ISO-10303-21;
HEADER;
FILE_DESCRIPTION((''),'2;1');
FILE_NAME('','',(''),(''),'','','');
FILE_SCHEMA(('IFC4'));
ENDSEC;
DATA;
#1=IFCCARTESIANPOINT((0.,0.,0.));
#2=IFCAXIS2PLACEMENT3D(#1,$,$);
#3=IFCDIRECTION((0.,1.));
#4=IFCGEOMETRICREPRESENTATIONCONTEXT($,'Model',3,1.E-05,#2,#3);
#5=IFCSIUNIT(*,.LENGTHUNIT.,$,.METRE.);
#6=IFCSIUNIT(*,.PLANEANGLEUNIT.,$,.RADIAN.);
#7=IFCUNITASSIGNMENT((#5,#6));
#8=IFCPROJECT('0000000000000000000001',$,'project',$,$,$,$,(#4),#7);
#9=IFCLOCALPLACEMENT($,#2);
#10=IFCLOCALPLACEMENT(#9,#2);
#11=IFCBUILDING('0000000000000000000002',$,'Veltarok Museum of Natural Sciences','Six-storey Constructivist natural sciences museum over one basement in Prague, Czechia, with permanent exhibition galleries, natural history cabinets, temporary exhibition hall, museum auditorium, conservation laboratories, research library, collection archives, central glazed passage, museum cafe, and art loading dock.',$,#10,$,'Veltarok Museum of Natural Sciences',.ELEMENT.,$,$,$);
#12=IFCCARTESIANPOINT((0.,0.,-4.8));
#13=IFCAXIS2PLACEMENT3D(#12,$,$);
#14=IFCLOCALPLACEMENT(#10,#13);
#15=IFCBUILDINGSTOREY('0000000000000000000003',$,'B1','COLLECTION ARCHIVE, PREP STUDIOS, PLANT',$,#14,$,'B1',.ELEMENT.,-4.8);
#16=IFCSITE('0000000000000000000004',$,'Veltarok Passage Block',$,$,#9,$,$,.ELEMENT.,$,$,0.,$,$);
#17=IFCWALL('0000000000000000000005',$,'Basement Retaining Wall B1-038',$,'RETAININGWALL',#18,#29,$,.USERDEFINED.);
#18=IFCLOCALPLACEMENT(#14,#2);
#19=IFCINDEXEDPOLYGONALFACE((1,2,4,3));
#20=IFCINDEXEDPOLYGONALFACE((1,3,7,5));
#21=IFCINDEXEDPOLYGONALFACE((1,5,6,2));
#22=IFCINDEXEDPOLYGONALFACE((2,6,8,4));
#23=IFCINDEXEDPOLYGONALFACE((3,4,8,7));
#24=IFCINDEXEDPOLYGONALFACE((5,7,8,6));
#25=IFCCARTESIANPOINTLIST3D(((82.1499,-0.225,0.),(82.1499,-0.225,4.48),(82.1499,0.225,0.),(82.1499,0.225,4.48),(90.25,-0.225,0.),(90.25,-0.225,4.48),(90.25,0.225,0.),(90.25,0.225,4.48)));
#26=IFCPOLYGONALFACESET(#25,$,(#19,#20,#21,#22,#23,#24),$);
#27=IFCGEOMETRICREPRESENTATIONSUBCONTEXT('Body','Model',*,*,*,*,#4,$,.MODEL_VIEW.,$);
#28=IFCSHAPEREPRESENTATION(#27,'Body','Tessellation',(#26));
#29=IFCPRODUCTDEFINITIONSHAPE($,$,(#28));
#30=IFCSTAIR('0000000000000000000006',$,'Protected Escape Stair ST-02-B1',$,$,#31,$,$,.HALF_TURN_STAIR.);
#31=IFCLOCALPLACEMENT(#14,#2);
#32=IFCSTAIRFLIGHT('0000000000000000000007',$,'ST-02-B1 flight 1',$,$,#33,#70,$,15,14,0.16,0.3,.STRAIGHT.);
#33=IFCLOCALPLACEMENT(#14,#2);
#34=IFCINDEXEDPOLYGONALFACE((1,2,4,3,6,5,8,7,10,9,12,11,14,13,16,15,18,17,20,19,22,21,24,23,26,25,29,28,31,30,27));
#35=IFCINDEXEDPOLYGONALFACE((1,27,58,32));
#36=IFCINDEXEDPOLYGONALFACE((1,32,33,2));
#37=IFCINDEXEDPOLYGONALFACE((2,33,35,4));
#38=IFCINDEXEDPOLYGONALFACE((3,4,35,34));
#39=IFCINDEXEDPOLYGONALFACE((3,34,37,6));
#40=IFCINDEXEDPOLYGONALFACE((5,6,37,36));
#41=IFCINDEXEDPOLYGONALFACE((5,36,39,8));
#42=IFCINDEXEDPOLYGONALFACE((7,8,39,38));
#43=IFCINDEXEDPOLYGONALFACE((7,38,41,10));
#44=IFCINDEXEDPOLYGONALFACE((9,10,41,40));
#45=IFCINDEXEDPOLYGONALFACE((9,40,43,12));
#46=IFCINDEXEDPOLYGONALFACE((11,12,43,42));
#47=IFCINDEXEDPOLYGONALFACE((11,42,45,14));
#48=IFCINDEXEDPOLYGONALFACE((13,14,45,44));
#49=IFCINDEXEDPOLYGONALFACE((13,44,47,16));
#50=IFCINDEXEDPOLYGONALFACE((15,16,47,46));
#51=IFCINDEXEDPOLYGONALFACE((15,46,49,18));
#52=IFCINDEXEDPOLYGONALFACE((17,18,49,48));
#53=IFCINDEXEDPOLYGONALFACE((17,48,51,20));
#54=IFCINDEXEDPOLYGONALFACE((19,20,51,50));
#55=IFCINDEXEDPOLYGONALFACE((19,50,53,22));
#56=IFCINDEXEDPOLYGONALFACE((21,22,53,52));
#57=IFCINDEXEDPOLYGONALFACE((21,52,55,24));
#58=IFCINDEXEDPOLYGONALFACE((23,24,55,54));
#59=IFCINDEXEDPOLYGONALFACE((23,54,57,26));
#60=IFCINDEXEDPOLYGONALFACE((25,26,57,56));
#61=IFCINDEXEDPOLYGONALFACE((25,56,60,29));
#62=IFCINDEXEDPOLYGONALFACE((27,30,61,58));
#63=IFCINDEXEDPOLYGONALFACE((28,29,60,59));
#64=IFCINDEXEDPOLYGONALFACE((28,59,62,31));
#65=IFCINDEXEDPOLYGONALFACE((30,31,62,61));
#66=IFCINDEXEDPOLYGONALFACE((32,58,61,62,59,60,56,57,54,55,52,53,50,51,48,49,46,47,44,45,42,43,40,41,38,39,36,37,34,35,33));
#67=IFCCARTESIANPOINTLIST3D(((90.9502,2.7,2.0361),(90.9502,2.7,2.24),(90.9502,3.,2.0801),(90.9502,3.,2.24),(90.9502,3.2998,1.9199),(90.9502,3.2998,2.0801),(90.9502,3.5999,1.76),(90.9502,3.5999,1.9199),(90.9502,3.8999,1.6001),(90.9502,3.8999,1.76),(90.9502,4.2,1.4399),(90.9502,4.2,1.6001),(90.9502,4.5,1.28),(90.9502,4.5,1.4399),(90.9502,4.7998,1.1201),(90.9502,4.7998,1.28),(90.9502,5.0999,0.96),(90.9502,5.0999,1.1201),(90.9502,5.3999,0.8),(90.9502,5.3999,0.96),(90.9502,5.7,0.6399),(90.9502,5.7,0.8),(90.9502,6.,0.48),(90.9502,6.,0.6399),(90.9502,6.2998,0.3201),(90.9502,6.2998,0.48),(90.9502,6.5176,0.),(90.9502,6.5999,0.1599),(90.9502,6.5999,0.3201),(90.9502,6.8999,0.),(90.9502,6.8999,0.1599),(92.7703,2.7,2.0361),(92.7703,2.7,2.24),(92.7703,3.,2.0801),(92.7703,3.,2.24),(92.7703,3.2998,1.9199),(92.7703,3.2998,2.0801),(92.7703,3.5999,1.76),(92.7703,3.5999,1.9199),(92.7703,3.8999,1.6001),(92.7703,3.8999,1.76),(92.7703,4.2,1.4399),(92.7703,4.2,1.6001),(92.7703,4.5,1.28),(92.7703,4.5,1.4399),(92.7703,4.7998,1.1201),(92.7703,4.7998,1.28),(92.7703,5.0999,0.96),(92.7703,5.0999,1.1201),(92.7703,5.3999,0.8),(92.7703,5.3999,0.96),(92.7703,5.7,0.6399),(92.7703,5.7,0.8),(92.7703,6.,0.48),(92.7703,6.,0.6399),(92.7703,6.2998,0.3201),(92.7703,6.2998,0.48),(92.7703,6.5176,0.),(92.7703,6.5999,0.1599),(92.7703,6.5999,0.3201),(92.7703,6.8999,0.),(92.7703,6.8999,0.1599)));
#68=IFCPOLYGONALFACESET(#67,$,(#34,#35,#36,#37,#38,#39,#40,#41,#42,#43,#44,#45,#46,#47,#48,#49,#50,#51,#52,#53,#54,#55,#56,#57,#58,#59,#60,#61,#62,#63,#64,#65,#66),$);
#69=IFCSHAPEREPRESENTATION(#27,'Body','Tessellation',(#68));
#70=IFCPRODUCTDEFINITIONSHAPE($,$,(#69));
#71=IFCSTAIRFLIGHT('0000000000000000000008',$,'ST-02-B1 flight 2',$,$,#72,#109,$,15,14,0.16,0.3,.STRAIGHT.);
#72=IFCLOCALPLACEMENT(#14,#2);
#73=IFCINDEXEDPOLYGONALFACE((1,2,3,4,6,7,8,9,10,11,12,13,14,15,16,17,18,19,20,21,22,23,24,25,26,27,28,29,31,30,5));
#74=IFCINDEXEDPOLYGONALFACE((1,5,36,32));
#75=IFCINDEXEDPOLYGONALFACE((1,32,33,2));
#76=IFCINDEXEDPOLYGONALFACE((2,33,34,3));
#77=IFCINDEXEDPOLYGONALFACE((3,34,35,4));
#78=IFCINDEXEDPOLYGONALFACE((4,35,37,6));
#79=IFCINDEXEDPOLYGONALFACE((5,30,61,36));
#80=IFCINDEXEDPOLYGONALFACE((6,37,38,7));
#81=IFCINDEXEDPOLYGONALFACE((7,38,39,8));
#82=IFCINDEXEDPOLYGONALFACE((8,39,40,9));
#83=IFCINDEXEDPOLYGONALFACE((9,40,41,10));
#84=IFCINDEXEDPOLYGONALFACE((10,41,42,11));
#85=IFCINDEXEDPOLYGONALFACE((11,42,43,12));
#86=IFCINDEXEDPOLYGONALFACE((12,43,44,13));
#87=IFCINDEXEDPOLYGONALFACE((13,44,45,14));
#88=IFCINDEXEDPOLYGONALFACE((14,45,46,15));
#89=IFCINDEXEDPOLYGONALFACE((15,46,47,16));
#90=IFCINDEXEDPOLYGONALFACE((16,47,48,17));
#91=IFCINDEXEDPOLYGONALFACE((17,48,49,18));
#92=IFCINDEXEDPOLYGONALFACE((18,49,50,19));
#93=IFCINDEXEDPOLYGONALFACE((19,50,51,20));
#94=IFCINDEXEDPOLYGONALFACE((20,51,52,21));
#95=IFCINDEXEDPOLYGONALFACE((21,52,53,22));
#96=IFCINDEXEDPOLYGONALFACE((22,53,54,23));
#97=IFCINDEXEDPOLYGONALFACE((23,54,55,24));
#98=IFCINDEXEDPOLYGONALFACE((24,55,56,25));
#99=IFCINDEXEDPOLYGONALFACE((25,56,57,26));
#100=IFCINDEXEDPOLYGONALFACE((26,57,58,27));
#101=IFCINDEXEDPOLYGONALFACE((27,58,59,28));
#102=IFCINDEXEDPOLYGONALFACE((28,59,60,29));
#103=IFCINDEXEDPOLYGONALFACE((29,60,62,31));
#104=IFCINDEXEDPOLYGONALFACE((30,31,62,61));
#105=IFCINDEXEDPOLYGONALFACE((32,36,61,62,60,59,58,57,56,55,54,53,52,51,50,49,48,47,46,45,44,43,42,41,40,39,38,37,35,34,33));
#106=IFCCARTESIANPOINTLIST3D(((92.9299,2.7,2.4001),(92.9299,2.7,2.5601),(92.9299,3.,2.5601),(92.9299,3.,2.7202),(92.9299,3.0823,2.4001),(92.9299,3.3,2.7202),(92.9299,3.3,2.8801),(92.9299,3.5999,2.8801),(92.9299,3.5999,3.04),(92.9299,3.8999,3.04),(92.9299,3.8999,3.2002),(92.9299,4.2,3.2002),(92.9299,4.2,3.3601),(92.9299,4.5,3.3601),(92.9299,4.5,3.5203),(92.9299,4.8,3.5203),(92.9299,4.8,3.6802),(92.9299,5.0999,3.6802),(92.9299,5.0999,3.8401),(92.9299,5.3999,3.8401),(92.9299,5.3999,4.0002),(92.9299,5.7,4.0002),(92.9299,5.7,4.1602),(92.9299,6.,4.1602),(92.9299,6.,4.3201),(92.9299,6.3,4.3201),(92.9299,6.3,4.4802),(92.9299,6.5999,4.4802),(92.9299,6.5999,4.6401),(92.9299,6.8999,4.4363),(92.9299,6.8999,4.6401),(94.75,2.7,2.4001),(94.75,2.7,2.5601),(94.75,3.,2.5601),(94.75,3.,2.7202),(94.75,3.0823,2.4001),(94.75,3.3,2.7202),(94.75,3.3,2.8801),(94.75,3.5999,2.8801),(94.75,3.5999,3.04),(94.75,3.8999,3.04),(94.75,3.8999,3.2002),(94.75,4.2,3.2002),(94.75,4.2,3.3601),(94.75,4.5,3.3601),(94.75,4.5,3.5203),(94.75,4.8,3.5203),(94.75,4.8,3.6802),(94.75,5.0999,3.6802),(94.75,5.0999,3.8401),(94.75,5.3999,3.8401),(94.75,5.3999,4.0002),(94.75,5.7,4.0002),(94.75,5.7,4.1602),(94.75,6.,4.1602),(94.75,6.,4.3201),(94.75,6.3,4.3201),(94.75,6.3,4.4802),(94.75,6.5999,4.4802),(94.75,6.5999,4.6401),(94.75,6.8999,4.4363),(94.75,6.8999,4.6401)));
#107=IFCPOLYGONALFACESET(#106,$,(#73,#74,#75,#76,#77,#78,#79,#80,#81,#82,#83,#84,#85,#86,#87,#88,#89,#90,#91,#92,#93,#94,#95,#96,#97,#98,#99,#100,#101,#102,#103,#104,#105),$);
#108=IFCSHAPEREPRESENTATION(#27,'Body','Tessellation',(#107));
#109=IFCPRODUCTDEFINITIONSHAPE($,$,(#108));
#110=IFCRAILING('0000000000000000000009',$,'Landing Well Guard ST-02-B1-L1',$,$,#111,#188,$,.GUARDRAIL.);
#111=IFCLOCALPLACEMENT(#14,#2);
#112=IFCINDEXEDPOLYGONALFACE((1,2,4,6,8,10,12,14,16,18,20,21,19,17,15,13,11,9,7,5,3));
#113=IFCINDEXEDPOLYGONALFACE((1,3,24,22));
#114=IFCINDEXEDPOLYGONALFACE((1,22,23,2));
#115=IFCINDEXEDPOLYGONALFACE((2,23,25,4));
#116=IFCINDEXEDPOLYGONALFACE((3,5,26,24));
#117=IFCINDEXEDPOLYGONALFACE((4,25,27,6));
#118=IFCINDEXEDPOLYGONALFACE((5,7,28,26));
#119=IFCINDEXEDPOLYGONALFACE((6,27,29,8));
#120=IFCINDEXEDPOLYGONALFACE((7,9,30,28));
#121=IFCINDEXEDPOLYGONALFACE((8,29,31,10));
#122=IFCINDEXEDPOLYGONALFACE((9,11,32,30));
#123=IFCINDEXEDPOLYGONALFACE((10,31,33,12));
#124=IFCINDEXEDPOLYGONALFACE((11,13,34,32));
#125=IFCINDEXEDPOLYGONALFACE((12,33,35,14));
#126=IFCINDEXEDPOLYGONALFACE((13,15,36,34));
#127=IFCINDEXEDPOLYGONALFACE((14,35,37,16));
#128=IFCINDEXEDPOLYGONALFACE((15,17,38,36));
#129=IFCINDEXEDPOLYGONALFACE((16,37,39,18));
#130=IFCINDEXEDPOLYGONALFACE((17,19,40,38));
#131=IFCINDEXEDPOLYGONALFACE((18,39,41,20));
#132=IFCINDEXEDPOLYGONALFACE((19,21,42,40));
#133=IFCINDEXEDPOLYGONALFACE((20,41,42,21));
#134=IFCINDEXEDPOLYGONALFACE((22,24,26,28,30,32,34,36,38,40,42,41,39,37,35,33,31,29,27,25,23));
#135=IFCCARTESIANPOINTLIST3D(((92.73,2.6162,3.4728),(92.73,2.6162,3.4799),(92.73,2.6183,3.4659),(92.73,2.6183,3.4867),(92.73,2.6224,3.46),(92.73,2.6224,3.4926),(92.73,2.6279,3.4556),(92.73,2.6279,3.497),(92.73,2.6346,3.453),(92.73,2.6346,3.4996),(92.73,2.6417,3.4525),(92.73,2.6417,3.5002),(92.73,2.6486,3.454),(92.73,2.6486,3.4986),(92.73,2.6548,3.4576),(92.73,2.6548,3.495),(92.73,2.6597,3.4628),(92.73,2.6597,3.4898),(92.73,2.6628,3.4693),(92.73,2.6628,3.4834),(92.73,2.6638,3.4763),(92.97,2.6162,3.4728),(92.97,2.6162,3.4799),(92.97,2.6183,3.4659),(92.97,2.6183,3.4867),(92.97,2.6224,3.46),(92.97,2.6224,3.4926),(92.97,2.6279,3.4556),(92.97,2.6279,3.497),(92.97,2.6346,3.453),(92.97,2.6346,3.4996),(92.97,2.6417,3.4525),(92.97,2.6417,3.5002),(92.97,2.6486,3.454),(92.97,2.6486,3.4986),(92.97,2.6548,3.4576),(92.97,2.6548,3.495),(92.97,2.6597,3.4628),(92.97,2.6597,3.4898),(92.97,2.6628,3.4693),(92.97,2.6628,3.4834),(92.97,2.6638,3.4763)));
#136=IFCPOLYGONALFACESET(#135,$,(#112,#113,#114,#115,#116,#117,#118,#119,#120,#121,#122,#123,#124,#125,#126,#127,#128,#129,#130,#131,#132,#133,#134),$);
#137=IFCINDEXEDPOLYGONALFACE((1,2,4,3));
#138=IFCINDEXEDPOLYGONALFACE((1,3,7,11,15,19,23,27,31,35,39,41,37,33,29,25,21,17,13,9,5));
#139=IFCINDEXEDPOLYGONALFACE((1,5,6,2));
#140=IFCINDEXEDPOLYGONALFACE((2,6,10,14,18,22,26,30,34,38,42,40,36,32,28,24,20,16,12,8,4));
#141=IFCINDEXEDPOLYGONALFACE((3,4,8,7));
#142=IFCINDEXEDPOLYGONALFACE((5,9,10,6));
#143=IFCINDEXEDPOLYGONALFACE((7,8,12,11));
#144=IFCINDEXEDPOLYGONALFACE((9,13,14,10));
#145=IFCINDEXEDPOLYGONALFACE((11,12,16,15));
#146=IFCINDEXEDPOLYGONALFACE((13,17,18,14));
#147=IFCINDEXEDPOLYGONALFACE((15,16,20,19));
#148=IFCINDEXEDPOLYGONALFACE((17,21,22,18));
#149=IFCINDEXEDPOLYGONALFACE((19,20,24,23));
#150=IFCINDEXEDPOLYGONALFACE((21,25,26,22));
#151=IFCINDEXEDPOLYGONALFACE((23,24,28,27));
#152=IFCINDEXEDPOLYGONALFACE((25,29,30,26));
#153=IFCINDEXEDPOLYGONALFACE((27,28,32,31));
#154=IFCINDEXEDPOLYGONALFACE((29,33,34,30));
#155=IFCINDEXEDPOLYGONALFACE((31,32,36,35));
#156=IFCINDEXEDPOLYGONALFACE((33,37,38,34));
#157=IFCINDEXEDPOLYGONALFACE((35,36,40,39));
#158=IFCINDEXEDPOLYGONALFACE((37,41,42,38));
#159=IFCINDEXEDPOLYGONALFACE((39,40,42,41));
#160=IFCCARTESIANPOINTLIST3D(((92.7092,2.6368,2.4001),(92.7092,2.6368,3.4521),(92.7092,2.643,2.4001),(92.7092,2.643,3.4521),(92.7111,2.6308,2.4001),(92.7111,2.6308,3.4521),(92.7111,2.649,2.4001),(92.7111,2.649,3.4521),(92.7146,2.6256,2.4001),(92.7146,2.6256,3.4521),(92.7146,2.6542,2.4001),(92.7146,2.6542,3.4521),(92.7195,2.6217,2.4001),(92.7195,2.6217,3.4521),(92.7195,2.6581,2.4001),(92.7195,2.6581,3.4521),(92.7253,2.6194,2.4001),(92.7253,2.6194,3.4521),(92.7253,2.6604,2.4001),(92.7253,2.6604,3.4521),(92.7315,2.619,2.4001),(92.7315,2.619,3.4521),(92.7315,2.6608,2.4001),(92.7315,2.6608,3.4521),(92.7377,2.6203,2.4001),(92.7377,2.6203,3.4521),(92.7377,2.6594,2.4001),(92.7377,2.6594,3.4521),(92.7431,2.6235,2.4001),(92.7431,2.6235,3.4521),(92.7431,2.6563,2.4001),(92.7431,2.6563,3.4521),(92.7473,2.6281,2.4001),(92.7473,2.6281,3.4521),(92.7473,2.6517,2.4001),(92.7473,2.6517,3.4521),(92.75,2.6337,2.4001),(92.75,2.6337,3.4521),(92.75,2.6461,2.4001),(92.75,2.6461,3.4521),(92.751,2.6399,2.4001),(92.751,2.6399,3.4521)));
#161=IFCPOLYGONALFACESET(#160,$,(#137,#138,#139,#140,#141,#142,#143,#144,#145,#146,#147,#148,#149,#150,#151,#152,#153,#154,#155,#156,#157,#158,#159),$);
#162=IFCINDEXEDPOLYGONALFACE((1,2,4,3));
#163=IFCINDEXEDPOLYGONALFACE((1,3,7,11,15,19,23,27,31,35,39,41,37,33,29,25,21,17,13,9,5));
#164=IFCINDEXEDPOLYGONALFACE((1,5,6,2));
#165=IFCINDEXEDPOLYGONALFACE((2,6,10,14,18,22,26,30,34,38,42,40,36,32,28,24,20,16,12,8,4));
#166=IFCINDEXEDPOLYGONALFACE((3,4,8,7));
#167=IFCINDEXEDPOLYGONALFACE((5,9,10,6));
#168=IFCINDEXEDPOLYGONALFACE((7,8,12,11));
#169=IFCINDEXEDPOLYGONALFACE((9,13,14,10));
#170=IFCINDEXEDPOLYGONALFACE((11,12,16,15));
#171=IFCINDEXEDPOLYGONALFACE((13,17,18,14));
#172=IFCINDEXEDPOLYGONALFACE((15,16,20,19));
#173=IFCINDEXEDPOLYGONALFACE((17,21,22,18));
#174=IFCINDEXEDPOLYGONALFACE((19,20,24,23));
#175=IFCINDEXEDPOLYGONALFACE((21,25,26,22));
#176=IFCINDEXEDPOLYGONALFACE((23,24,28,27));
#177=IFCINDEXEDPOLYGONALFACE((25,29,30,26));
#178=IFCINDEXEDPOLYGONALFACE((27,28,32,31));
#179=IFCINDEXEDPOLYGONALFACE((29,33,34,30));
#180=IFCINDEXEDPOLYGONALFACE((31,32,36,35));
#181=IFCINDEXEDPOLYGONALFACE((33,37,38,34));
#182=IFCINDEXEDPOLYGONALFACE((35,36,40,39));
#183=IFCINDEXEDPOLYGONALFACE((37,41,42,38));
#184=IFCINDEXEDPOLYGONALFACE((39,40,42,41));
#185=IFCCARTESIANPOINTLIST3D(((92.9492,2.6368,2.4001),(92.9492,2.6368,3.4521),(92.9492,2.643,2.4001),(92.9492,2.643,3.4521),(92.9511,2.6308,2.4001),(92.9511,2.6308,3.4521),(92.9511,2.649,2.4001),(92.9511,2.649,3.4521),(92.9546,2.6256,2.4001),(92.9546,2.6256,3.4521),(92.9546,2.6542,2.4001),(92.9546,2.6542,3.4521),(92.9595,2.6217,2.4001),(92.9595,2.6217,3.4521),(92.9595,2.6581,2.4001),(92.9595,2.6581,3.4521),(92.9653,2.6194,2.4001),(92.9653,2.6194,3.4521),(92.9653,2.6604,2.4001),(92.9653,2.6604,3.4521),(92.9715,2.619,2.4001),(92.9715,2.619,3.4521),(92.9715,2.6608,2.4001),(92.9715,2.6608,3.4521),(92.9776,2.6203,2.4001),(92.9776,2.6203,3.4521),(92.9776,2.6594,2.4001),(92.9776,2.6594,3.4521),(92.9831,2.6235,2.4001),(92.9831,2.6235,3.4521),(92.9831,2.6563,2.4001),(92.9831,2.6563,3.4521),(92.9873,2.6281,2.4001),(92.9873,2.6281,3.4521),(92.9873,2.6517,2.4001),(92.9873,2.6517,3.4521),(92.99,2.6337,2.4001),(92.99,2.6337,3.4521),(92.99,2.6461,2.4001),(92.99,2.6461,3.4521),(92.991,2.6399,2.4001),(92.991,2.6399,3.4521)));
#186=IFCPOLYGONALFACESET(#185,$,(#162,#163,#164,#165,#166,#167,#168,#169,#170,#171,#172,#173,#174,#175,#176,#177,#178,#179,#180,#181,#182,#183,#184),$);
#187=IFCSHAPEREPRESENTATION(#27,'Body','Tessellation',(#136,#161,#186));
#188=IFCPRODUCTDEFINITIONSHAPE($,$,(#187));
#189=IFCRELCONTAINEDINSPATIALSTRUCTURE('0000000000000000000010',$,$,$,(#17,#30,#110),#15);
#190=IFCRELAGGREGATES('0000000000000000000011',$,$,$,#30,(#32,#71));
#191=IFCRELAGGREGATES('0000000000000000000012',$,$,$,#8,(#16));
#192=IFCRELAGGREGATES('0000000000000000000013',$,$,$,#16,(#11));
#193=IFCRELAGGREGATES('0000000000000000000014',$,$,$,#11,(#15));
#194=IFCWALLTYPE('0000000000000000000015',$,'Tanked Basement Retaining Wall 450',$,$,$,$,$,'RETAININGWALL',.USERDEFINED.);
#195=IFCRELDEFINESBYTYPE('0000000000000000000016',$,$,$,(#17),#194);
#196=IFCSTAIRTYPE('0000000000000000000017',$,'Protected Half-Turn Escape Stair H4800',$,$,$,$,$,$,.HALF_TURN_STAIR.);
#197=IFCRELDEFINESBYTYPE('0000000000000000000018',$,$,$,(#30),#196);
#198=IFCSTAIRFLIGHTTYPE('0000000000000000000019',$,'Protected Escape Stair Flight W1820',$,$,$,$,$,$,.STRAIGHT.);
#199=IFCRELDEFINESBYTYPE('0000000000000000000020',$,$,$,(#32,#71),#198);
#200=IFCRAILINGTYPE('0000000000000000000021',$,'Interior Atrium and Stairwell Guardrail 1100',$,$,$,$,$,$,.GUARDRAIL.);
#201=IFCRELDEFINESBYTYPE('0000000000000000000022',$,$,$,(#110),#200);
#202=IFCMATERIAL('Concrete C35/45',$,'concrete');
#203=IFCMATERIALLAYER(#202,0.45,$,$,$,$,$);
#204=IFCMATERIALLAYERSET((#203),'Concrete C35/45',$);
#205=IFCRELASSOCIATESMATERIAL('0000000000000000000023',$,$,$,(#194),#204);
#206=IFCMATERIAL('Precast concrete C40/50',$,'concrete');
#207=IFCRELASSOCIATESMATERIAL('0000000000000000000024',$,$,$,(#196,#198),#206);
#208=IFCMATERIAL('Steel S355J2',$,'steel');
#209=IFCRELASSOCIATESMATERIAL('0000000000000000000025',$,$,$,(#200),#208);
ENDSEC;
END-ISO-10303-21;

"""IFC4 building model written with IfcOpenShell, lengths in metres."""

from ifc_helpers import new_model, si_unit, direction, frame, frame_2d, origin, origin_2d, place, context, subcontext, project, spatial, polyline, rectangle, circle, outline, extrude, material, layer, layer_set, type_object, element, aggregate, save


model = new_model("IFC4")

# Units and contexts
model_context = context("Model", 3, precision=1e-05, world=origin(), true_north=direction((0.0, 1.0)))
body_context = subcontext(model_context, "Body", "Model", "MODEL_VIEW")
ifc_project = project(units=[si_unit("LENGTHUNIT", "METRE"), si_unit("PLANEANGLEUNIT", "RADIAN")], contexts=[model_context])

# Site, building, storey
site_placement = place(None, origin())
site = spatial("IfcSite", under=ifc_project, at=site_placement, Name="Veltarok Passage Block", CompositionType="ELEMENT", RefElevation=0.0)
building_placement = place(site_placement, origin())
building = spatial("IfcBuilding", under=site, at=building_placement, Name="Veltarok Museum of Natural Sciences", Description="Six-storey Constructivist natural sciences museum over one basement in Prague, Czechia, with permanent exhibition galleries, natural history cabinets, temporary exhibition hall, museum auditorium, conservation laboratories, research library, collection archives, central glazed passage, museum cafe, and art loading dock.", LongName="Veltarok Museum of Natural Sciences", CompositionType="ELEMENT")
storey_placement = place(building_placement, frame((0.0, 0.0, -4.8)))
storey = spatial("IfcBuildingStorey", under=building, at=storey_placement, Name="B1", Description="COLLECTION ARCHIVE, PREP STUDIOS, PLANT", LongName="B1", CompositionType="ELEMENT", Elevation=-4.8)

# Shared definitions
ifc_material_1 = material(Name="Concrete C35/45", Category="concrete")

# Shared definitions
ifc_material_2 = material(Name="Steel S355J2", Category="steel")

# Wall
ifc_layer_1 = layer(ifc_material_1, 0.45)
ifc_layer_set_1 = layer_set([ifc_layer_1], Name="Concrete C35/45")
wall_type_1 = type_object("IfcWallType", Name="Tanked Basement Retaining Wall 450", ElementType="RETAININGWALL", PredefinedType="USERDEFINED", material=ifc_layer_set_1)
wall_1_placement = place(storey_placement, frame((90.25, 0.0, 0.0), z_axis=(0.0, 0.0, 1.0), x_axis=(-1.0, 0.0, 0.0)))
element("IfcWall", 1, at=wall_1_placement, inside=storey, type_object=wall_type_1, Name="Basement Retaining Wall B1-038", ObjectType="RETAININGWALL", PredefinedType="USERDEFINED", context=body_context, shape_type="SweptSolid", body=[
    extrude(rectangle(XDim=8.1001, YDim=0.45, at=frame_2d((4.05, 0.0))), origin(), (0.0, 0.0, 1.0), 4.48),
])

# Stair, stair flights
ifc_material_3 = material(Name="Precast concrete C40/50", Category="concrete")
stair_type = type_object("IfcStairType", Name="Protected Half-Turn Escape Stair H4800", PredefinedType="HALF_TURN_STAIR", material=ifc_material_3)
stair_placement = place(storey_placement, origin())
stair = element("IfcStair", 2, at=stair_placement, inside=storey, type_object=stair_type, Name="Protected Escape Stair ST-02-B1", PredefinedType="HALF_TURN_STAIR")
stair_flight_type = type_object("IfcStairFlightType", Name="Protected Escape Stair Flight W1820", PredefinedType="STRAIGHT", material=ifc_material_3)
stair_flight_1_placement = place(storey_placement, frame((91.8601, 6.8999, 0.0), z_axis=(0.0, 0.0, 1.0), x_axis=(0.0, -1.0, 0.0)))
stair_flight_1 = element("IfcStairFlight", 3, at=stair_flight_1_placement, type_object=stair_flight_type, Name="ST-02-B1 flight 1", NumberOfRisers=15, NumberOfTreads=14, PredefinedType="STRAIGHT", RiserHeight=0.16, TreadLength=0.3, context=body_context, shape_type="SweptSolid", body=[
    extrude(outline(polyline([(0.0, 0.0), (0.0, 0.1599), (0.3, 0.1599), (0.3, 0.3201), (0.6001, 0.3201), (0.6001, 0.48), (0.8999, 0.48), (0.8999, 0.6399), (1.2, 0.6399), (1.2, 0.8), (1.5, 0.8), (1.5, 0.96), (1.8, 0.96), (1.8, 1.1201), (2.1001, 1.1201), (2.1001, 1.28), (2.3999, 1.28), (2.3999, 1.4399), (2.7, 1.4399), (2.7, 1.6001), (3.0, 1.6001), (3.0, 1.76), (3.3, 1.76), (3.3, 1.9199), (3.6001, 1.9199), (3.6001, 2.0801), (3.8999, 2.0801), (3.8999, 2.24), (4.2, 2.24), (4.2, 2.3999), (4.2, 2.0361), (0.3823, 0.0), (0.0, 0.0)])), frame((0.0, 0.9102, 0.0), z_axis=(0.0, -1.0, 0.0), x_axis=(1.0, 0.0, 0.0)), (0.0, 0.0, 1.0), 1.8201),
])
stair_flight_2_placement = place(storey_placement, frame((93.8401, 2.7, 2.4001), z_axis=(0.0, 0.0, 1.0), x_axis=(0.0, 1.0, 0.0)))
stair_flight_2 = element("IfcStairFlight", 4, at=stair_flight_2_placement, type_object=stair_flight_type, Name="ST-02-B1 flight 2", NumberOfRisers=15, NumberOfTreads=14, PredefinedType="STRAIGHT", RiserHeight=0.16, TreadLength=0.3, context=body_context, shape_type="SweptSolid", body=[
    extrude(outline(polyline([(0.0, 0.0), (0.0, 0.1599), (0.3, 0.1599), (0.3, 0.3201), (0.6001, 0.3201), (0.6001, 0.48), (0.8999, 0.48), (0.8999, 0.6399), (1.2, 0.6399), (1.2, 0.8), (1.5, 0.8), (1.5, 0.96), (1.8, 0.96), (1.8, 1.1201), (2.1001, 1.1201), (2.1001, 1.28), (2.3999, 1.28), (2.3999, 1.4399), (2.7, 1.4399), (2.7, 1.6001), (3.0, 1.6001), (3.0, 1.76), (3.3, 1.76), (3.3, 1.9199), (3.6001, 1.9199), (3.6001, 2.0801), (3.8999, 2.0801), (3.8999, 2.24), (4.2, 2.24), (4.2, 2.3999), (4.2, 2.0361), (0.3823, 0.0), (0.0, 0.0)])), frame((0.0, 0.9102, 0.0), z_axis=(0.0, -1.0, 0.0), x_axis=(1.0, 0.0, 0.0)), (0.0, 0.0, 1.0), 1.8201),
])
aggregate(stair, [stair_flight_1, stair_flight_2])

# Railing
railing_type_1 = type_object("IfcRailingType", Name="Interior Atrium and Stairwell Guardrail 1100", PredefinedType="GUARDRAIL", material=ifc_material_2)
railing_1_placement = place(storey_placement, frame((92.73, 2.6399, 2.4001)))
element("IfcRailing", 5, at=railing_1_placement, inside=storey, type_object=railing_type_1, Name="Landing Well Guard ST-02-B1-L1", PredefinedType="GUARDRAIL", context=body_context, shape_type="SweptSolid", body=[
    extrude(circle(Radius=0.0239, at=origin_2d()), frame((0.0, 0.0, 1.0762), z_axis=(1.0, 0.0, 0.0), x_axis=(0.0, 1.0, 0.0)), (0.0, 0.0, 1.0), 0.24),
    extrude(circle(Radius=0.021, at=origin_2d()), origin(), (0.0, 0.0, 1.0), 1.052),
    extrude(circle(Radius=0.021, at=origin_2d()), frame((0.24, 0.0, 0.0)), (0.0, 0.0, 1.0), 1.052),
])

save(model, "model.ifc")
